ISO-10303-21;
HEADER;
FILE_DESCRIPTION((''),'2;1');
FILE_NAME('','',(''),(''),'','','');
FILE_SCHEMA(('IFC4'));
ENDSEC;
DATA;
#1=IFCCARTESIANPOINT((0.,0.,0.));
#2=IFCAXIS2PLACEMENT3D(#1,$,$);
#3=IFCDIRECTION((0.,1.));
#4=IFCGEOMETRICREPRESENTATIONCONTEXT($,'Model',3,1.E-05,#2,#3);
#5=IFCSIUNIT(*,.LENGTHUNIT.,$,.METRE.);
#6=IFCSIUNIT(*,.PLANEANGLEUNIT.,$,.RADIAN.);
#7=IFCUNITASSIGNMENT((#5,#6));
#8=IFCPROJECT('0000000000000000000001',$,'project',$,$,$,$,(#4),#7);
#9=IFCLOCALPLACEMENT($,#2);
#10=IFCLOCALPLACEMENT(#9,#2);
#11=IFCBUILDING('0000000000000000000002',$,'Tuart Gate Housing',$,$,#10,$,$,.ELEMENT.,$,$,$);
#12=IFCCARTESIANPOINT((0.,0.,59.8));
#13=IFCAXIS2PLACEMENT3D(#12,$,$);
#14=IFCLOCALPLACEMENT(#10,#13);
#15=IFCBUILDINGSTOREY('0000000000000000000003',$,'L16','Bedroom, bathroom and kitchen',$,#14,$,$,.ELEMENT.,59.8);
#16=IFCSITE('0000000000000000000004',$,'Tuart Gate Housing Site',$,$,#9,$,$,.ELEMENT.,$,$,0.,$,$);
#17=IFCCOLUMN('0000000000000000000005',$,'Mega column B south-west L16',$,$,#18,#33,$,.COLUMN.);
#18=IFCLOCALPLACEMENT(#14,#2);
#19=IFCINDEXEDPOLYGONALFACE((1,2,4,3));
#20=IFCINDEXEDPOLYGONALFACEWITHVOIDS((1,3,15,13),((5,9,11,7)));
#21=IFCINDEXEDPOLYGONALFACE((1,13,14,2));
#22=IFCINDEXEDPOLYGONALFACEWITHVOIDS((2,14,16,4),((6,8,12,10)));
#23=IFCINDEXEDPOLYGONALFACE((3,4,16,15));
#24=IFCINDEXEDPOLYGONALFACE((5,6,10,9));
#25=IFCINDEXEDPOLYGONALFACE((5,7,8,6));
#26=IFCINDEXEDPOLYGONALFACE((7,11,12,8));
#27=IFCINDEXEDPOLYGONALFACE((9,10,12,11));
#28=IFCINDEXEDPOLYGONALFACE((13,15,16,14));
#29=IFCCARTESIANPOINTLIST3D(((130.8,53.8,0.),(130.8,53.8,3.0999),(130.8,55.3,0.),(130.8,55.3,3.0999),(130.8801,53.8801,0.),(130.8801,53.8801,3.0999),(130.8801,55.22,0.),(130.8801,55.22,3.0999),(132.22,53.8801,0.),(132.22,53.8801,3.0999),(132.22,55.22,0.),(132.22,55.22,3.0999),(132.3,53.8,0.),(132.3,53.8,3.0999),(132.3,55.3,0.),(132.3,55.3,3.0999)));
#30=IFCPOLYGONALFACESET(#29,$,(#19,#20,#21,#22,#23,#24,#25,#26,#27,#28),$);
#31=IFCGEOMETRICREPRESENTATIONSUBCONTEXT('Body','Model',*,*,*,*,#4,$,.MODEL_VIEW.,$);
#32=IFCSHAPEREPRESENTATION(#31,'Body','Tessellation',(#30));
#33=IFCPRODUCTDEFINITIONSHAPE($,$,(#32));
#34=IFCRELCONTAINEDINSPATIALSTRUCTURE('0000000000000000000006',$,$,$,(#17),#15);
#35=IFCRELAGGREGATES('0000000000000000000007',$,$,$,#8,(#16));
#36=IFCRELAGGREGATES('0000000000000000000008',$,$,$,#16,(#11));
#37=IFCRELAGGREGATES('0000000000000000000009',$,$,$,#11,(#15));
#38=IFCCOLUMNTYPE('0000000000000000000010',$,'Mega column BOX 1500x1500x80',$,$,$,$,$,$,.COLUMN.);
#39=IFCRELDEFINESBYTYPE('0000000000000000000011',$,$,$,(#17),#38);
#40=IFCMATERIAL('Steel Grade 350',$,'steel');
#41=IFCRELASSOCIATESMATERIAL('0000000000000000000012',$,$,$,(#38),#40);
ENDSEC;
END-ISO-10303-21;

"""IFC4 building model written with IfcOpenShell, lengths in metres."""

from ifc_helpers import new_model, si_unit, direction, frame, origin, origin_2d, place, context, subcontext, project, spatial, hollow_rectangle, extrude, material, material_profile, profile_set, type_object, element, save


model = new_model("IFC4")

# Units and contexts
model_context = context("Model", 3, precision=1e-05, world=origin(), true_north=direction((0.0, 1.0)))
body_context = subcontext(model_context, "Body", "Model", "MODEL_VIEW")
ifc_project = project(units=[si_unit("LENGTHUNIT", "METRE"), si_unit("PLANEANGLEUNIT", "RADIAN")], contexts=[model_context])

# Site, building, storey
site_placement = place(None, origin())
site = spatial("IfcSite", under=ifc_project, at=site_placement, Name="Tuart Gate Housing Site", CompositionType="ELEMENT", RefElevation=0.0)
building_placement = place(site_placement, origin())
building = spatial("IfcBuilding", under=site, at=building_placement, Name="Tuart Gate Housing", CompositionType="ELEMENT")
storey_placement = place(building_placement, frame((0.0, 0.0, 59.8)))
storey = spatial("IfcBuildingStorey", under=building, at=storey_placement, Name="L16", Description="Bedroom, bathroom and kitchen", CompositionType="ELEMENT", Elevation=59.8)

# Column
ifc_material = material(Name="Steel Grade 350", Category="steel")
ifc_material_profile = material_profile(ifc_material, hollow_rectangle(XDim=1.5, YDim=1.5, WallThickness=0.0801, at=origin_2d()), Name="BOX 1500x1500x80")
ifc_profile_set = profile_set([ifc_material_profile], Name="Steel Grade 350")
column_type = type_object("IfcColumnType", Name="Mega column BOX 1500x1500x80", PredefinedType="COLUMN", material=ifc_profile_set)
column_placement = place(storey_placement, frame((131.55, 54.55, 0.0), z_axis=(0.0, 0.0, 1.0), x_axis=(1.0, 0.0, 0.0)))
element("IfcColumn", 1, at=column_placement, inside=storey, type_object=column_type, Name="Mega column B south-west L16", PredefinedType="COLUMN", context=body_context, shape_type="SweptSolid", body=[
    extrude(hollow_rectangle(XDim=1.5, YDim=1.5, WallThickness=0.0801, at=origin_2d()), origin(), (0.0, 0.0, 1.0), 3.0999),
])

save(model, "model.ifc")
